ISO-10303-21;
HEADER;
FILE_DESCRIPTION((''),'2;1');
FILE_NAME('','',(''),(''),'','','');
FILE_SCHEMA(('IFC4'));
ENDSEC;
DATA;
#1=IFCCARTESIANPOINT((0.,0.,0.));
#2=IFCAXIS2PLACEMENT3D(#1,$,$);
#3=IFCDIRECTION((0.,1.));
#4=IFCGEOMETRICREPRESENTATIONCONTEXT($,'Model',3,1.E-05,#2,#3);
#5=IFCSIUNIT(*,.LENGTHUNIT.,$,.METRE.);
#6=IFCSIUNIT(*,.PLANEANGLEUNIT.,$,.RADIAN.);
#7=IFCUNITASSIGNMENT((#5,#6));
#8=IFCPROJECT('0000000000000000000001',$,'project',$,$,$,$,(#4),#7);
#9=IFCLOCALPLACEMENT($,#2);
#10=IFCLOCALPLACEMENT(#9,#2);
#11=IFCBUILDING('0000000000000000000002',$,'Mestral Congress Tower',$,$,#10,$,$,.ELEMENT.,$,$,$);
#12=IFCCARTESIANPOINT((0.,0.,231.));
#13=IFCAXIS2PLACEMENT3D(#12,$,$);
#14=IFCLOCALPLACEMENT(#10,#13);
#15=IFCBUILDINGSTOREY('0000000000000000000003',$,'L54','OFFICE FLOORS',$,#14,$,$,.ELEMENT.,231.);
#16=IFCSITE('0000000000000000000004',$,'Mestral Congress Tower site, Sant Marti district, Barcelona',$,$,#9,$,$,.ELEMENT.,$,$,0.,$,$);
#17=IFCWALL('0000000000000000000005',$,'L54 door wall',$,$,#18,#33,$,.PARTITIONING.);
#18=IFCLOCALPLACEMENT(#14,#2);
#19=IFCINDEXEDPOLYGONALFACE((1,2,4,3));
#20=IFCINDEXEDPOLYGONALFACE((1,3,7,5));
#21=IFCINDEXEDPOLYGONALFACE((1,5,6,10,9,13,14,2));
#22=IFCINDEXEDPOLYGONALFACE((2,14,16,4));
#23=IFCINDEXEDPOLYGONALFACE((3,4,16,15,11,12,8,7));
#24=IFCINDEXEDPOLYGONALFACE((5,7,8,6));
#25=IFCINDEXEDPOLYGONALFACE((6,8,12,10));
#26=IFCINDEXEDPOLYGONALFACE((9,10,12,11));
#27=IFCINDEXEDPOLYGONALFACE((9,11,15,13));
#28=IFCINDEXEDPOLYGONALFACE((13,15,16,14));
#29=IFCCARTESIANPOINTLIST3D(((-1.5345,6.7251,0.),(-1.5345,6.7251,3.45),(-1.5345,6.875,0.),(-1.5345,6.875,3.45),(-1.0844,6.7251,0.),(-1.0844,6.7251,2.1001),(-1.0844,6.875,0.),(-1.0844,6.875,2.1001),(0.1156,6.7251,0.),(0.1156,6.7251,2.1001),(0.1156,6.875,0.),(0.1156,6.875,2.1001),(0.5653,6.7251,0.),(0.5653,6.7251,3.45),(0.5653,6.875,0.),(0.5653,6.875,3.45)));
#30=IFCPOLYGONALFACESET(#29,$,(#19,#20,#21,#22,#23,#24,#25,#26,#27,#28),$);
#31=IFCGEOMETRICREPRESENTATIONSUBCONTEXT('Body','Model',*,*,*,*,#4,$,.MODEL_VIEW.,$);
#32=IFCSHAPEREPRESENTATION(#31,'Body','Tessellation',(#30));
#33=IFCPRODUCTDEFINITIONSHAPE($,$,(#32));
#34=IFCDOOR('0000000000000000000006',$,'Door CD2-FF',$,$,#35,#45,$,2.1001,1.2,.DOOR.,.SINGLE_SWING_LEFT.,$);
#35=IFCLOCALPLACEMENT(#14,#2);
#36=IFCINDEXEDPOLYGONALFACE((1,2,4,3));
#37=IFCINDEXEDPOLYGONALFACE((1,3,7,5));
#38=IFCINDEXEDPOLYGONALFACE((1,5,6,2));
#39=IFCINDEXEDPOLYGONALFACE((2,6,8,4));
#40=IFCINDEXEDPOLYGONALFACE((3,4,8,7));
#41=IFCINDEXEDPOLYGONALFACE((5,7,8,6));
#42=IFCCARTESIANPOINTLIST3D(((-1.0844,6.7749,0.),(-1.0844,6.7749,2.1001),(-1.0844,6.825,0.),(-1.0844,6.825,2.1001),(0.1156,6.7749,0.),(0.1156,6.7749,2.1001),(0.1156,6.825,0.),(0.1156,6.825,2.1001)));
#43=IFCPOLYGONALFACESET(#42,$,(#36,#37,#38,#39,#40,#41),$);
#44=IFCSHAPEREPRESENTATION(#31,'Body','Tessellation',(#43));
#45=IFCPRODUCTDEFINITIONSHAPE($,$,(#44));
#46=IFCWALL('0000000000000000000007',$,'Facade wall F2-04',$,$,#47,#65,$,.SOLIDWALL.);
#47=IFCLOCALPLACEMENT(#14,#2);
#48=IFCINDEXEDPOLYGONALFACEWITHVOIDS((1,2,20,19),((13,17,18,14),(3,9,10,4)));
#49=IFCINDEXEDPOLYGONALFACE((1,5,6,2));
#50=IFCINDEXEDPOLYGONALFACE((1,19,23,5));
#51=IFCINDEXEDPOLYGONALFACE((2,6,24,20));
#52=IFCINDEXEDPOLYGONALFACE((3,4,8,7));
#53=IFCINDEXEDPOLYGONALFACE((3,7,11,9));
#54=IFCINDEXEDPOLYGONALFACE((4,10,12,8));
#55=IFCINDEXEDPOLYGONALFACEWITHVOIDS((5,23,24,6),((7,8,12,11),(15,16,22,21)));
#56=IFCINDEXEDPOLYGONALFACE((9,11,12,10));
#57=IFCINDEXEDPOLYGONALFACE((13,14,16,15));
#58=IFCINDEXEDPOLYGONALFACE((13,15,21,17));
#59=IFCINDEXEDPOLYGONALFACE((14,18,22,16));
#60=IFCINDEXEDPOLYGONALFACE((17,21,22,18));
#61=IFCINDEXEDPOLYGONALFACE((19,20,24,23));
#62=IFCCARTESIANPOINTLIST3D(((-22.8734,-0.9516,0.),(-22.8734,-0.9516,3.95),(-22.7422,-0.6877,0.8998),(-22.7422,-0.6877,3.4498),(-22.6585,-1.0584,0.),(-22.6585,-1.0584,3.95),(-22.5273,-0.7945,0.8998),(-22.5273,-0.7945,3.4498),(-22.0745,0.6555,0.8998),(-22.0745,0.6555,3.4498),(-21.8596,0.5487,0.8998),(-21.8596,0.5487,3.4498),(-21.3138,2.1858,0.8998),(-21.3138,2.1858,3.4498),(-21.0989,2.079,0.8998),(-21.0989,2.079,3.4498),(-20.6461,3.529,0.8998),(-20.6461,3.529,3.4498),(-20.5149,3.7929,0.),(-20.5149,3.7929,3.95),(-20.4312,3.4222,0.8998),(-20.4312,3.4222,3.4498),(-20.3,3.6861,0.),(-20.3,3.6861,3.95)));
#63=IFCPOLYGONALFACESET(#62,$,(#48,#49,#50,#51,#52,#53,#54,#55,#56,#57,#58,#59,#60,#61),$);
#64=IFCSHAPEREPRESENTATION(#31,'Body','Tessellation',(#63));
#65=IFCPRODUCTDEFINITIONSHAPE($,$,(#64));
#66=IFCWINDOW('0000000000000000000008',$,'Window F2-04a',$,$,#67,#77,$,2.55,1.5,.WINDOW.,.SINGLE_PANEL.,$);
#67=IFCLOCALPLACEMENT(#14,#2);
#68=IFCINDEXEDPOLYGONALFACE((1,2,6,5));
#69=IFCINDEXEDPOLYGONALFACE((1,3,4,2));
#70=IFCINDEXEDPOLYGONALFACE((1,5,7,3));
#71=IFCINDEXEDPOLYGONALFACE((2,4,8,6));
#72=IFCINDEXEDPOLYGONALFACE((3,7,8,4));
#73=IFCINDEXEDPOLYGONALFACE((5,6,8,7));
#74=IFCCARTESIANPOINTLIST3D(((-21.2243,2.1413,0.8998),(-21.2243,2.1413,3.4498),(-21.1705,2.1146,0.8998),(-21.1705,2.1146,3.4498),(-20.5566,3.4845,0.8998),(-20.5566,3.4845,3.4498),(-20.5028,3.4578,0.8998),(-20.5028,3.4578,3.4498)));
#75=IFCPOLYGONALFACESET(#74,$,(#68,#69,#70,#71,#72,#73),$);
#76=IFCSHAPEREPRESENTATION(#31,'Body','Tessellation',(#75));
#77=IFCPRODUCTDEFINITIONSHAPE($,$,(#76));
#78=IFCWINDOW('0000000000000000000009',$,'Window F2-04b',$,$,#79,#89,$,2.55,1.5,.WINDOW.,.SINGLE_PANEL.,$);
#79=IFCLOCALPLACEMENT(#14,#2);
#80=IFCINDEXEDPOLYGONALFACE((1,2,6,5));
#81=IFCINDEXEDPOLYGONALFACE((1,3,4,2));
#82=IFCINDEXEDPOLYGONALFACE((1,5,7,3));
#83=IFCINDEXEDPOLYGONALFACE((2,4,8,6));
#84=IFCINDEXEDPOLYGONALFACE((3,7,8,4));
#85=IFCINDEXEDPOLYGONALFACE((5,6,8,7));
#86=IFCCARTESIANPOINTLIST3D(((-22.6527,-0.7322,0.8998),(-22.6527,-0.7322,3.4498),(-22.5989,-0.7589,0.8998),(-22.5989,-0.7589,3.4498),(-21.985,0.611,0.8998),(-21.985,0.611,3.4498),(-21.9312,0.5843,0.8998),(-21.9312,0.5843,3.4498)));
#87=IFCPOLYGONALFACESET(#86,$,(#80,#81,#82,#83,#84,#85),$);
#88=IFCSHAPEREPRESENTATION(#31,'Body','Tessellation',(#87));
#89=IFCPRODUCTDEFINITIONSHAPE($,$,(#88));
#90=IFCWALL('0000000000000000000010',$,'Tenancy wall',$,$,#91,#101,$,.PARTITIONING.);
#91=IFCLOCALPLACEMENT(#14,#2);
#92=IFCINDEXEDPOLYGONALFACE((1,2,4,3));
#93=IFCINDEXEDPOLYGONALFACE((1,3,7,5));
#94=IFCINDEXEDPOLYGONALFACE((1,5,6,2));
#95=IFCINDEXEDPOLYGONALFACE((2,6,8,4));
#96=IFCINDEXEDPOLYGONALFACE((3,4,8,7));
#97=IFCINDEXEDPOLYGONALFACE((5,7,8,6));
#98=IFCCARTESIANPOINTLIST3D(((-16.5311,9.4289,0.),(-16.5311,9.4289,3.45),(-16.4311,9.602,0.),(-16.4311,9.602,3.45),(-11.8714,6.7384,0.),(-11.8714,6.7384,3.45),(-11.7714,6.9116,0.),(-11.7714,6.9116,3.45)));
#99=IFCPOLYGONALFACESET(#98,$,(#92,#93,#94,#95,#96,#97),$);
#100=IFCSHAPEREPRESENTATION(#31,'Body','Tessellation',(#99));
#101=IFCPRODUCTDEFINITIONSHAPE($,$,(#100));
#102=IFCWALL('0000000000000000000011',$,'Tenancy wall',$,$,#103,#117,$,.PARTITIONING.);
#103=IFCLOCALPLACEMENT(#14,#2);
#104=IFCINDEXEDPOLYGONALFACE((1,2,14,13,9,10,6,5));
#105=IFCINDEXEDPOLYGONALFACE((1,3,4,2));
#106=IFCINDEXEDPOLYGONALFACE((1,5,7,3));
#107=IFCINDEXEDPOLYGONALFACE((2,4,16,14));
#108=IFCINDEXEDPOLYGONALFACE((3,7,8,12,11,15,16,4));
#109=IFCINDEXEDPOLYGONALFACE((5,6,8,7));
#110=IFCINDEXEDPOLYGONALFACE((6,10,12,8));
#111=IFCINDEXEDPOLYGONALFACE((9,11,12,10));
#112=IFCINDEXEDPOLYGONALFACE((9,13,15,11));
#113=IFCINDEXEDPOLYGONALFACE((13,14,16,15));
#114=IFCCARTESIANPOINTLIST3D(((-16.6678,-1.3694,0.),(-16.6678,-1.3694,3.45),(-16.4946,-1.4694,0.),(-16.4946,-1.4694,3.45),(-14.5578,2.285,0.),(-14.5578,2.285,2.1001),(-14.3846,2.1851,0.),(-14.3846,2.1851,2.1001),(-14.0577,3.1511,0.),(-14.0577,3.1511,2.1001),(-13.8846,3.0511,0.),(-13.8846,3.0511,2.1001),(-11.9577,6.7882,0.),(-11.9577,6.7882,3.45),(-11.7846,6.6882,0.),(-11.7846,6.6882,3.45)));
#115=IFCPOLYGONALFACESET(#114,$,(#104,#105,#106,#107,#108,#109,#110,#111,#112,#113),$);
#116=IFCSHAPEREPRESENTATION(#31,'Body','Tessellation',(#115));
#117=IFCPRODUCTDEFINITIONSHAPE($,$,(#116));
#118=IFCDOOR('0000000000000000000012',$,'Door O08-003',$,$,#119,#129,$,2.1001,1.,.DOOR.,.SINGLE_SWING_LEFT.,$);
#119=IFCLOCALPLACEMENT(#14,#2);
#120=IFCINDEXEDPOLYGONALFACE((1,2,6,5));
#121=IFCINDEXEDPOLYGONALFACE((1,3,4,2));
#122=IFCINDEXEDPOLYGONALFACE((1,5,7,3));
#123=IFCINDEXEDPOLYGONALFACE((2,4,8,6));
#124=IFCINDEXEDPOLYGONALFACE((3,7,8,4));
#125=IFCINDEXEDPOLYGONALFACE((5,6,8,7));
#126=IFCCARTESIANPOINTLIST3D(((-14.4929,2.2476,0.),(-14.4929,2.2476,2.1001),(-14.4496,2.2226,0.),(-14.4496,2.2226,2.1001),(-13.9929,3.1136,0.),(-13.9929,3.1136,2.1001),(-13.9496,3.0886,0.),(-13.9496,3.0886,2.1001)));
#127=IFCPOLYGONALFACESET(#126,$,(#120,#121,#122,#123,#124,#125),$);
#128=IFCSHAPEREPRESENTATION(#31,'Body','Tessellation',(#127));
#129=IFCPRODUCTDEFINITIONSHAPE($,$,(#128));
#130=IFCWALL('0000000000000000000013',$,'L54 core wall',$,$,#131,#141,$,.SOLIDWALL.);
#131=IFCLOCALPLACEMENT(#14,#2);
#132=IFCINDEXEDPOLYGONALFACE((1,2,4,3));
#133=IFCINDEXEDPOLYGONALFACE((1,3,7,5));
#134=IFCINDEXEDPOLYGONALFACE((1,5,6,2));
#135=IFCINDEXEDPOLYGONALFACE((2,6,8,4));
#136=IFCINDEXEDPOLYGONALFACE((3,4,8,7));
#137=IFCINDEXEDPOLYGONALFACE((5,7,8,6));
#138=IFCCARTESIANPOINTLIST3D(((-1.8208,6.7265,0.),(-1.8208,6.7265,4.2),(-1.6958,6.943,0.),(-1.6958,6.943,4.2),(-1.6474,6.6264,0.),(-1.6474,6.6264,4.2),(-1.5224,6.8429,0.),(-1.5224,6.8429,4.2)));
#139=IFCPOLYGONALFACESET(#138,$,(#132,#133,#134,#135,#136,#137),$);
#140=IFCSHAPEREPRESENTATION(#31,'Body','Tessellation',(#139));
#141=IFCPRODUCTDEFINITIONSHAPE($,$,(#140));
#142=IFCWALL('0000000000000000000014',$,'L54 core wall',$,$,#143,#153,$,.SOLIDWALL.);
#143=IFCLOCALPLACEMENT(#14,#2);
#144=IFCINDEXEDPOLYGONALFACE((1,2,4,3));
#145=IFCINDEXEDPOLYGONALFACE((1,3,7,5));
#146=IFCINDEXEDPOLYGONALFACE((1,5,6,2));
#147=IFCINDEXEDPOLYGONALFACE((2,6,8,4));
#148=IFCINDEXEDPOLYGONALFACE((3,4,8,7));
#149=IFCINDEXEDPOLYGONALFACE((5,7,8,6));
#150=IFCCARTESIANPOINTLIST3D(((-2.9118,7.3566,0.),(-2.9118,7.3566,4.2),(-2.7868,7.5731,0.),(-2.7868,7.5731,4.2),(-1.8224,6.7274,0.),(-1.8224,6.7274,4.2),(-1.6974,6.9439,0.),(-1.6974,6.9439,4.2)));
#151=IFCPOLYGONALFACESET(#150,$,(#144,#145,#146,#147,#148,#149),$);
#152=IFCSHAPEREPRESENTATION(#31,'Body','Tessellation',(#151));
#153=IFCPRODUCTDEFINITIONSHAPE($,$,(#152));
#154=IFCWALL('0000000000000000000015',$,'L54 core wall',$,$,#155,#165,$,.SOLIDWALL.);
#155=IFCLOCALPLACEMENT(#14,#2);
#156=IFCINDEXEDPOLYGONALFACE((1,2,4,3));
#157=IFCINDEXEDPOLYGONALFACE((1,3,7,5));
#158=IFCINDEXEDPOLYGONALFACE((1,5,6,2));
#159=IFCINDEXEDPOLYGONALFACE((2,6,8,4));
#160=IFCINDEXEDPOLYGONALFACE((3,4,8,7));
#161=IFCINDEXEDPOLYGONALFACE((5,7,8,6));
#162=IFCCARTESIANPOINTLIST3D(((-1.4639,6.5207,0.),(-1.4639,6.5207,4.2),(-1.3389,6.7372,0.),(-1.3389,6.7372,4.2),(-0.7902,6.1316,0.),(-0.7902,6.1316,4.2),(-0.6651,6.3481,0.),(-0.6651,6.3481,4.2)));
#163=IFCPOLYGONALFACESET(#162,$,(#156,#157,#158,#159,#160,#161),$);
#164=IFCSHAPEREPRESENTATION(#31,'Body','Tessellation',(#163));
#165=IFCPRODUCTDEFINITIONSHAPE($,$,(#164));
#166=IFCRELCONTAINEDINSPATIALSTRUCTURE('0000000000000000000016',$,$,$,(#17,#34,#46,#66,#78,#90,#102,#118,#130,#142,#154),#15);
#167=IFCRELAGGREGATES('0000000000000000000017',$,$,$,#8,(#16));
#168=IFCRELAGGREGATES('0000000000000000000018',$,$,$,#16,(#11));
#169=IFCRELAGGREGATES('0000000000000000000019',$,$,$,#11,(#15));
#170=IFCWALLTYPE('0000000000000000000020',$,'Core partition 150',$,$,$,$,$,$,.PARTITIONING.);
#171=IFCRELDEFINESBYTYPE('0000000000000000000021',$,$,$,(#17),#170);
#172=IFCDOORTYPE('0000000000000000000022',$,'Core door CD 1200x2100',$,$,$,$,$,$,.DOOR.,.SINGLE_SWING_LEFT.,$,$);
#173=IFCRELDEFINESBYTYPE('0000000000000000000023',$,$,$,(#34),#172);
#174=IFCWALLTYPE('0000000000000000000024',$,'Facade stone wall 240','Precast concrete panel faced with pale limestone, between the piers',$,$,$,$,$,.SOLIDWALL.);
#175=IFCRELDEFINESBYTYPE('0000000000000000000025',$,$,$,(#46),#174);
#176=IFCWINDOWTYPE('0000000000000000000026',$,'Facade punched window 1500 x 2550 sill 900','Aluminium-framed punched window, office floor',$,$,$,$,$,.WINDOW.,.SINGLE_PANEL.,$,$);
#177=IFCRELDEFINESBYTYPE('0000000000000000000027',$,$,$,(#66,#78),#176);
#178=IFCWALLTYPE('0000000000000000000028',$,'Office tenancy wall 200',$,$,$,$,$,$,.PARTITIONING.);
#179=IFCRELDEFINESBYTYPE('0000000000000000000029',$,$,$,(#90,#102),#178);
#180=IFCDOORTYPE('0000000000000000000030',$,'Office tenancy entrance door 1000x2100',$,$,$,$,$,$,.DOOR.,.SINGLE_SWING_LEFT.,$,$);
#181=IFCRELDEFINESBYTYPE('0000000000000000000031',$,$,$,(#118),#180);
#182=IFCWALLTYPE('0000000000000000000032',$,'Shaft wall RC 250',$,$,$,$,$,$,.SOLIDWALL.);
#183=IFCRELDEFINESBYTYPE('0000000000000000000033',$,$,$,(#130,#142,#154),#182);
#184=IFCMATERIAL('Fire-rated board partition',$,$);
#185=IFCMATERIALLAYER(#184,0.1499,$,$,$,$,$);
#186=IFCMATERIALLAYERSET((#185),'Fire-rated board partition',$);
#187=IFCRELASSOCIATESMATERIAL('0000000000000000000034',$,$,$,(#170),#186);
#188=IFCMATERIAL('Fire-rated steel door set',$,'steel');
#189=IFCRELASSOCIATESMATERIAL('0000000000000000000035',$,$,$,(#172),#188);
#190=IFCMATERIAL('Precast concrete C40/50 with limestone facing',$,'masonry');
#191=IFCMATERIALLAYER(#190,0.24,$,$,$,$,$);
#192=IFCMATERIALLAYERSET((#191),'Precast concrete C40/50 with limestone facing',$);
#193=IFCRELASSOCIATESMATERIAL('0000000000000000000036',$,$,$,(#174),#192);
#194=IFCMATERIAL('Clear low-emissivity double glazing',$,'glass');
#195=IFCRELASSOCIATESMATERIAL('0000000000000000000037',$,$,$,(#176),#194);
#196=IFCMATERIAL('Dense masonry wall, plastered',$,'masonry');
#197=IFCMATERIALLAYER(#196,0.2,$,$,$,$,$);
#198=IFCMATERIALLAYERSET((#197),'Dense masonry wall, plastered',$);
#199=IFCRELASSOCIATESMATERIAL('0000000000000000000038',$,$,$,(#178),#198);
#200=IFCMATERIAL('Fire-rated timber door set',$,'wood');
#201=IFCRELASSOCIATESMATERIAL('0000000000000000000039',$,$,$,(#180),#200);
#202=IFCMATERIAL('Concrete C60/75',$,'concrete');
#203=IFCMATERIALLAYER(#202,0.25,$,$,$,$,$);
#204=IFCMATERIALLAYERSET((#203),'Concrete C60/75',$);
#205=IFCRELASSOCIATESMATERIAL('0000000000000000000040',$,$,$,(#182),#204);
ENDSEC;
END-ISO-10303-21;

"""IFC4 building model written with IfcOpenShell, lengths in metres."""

from ifc_helpers import new_model, si_unit, direction, frame, frame_2d, origin, place, context, subcontext, project, spatial, rectangle, extrude, material, layer, layer_set, type_object, element, fill, save


model = new_model("IFC4")

# Units and contexts
model_context = context("Model", 3, precision=1e-05, world=origin(), true_north=direction((0.0, 1.0)))
body_context = subcontext(model_context, "Body", "Model", "MODEL_VIEW")
ifc_project = project(units=[si_unit("LENGTHUNIT", "METRE"), si_unit("PLANEANGLEUNIT", "RADIAN")], contexts=[model_context])

# Site, building, storey
site_placement = place(None, origin())
site = spatial("IfcSite", under=ifc_project, at=site_placement, Name="Mestral Congress Tower site, Sant Marti district, Barcelona", CompositionType="ELEMENT", RefElevation=0.0)
building_placement = place(site_placement, origin())
building = spatial("IfcBuilding", under=site, at=building_placement, Name="Mestral Congress Tower", CompositionType="ELEMENT")
storey_placement = place(building_placement, frame((0.0, 0.0, 231.0)))
storey = spatial("IfcBuildingStorey", under=building, at=storey_placement, Name="L54", Description="OFFICE FLOORS", CompositionType="ELEMENT", Elevation=231.0)

# Shared definitions
ifc_material_1 = material(Name="Concrete C60/75", Category="concrete")

# Shared definitions
ifc_material_2 = material(Name="Fire-rated board partition")
ifc_layer_1 = layer(ifc_material_2, 0.1499)
ifc_layer_set_1 = layer_set([ifc_layer_1], Name="Fire-rated board partition")
wall_type_1 = type_object("IfcWallType", Name="Core partition 150", PredefinedType="PARTITIONING", material=ifc_layer_set_1)

# Wall, opening, door
ifc_material_3 = material(Name="Fire-rated steel door set", Category="steel")
wall_1_placement = place(storey_placement, frame((-1.5344, 6.8, 0.0), z_axis=(0.0, 0.0, 1.0), x_axis=(1.0, 0.0, 0.0)))
wall_1 = element("IfcWall", 1, at=wall_1_placement, inside=storey, type_object=wall_type_1, Name="L54 door wall", PredefinedType="PARTITIONING", context=body_context, shape_type="SweptSolid", body=[
    extrude(rectangle(XDim=2.0999, YDim=0.1499, at=frame_2d((1.0498, 0.0))), origin(), (0.0, 0.0, 1.0), 3.45),
])
opening_1_placement = place(wall_1_placement, frame((0.45, 0.0, 0.0)))
opening_1 = element("IfcOpeningElement", 2, at=opening_1_placement, cuts=wall_1, PredefinedType="OPENING", context=body_context, shape_type="SweptSolid", body=[
    extrude(rectangle(XDim=1.2, YDim=2.1001, at=frame_2d((0.6001, 1.05))), frame((0.0, 0.085, 0.0), z_axis=(0.0, -1.0, 0.0), x_axis=(1.0, 0.0, 0.0)), (0.0, 0.0, 1.0), 0.1699),
])
door_type_1 = type_object("IfcDoorType", Name="Core door CD 1200x2100", OperationType="SINGLE_SWING_LEFT", PredefinedType="DOOR", material=ifc_material_3)
door_1_placement = place(opening_1_placement, origin())
door_1 = element("IfcDoor", 3, at=door_1_placement, inside=storey, type_object=door_type_1, Name="Door CD2-FF", OperationType="SINGLE_SWING_LEFT", OverallHeight=2.1001, OverallWidth=1.2, PredefinedType="DOOR", context=body_context, shape_type="SweptSolid", body=[
    extrude(rectangle(XDim=1.2, YDim=2.1001, at=frame_2d((0.6001, 1.05))), frame((0.0, 0.0249, 0.0), z_axis=(0.0, -1.0, 0.0), x_axis=(1.0, 0.0, 0.0)), (0.0, 0.0, 1.0), 0.05),
])
fill(opening_1, door_1)

# Wall, openings, windows
ifc_material_4 = material(Name="Precast concrete C40/50 with limestone facing", Category="masonry")
ifc_layer_2 = layer(ifc_material_4, 0.24)
ifc_layer_set_2 = layer_set([ifc_layer_2], Name="Precast concrete C40/50 with limestone facing")
wall_type_2 = type_object("IfcWallType", Name="Facade stone wall 240", Description="Precast concrete panel faced with pale limestone, between the piers", PredefinedType="SOLIDWALL", material=ifc_layer_set_2)
wall_2_placement = place(storey_placement, frame((-20.4075, 3.7395, 0.0), z_axis=(0.0, 0.0, 1.0), x_axis=(-0.44513, -0.895466, 0.0)))
wall_2 = element("IfcWall", 4, at=wall_2_placement, inside=storey, type_object=wall_type_2, Name="Facade wall F2-04", PredefinedType="SOLIDWALL", context=body_context, shape_type="SweptSolid", body=[
    extrude(rectangle(XDim=5.2983, YDim=0.24, at=frame_2d((2.6492, 0.0))), origin(), (0.0, 0.0, 1.0), 3.95),
])
opening_2_placement = place(wall_2_placement, frame((0.2947, 0.0, 0.8999)))
opening_2 = element("IfcOpeningElement", 5, at=opening_2_placement, cuts=wall_2, PredefinedType="OPENING", context=body_context, shape_type="SweptSolid", body=[
    extrude(rectangle(XDim=1.5, YDim=2.55, at=frame_2d((0.75, 1.2749))), frame((0.0, 0.1299, 0.0), z_axis=(0.0, -1.0, 0.0), x_axis=(1.0, 0.0, 0.0)), (0.0, 0.0, 1.0), 0.26),
])
opening_3_placement = place(wall_2_placement, frame((3.5037, 0.0, 0.8999)))
opening_3 = element("IfcOpeningElement", 6, at=opening_3_placement, cuts=wall_2, PredefinedType="OPENING", context=body_context, shape_type="SweptSolid", body=[
    extrude(rectangle(XDim=1.5, YDim=2.55, at=frame_2d((0.75, 1.2749))), frame((0.0, 0.1299, 0.0), z_axis=(0.0, -1.0, 0.0), x_axis=(1.0, 0.0, 0.0)), (0.0, 0.0, 1.0), 0.26),
])
ifc_material_5 = material(Name="Clear low-emissivity double glazing", Category="glass")
window_type = type_object("IfcWindowType", Name="Facade punched window 1500 x 2550 sill 900", Description="Aluminium-framed punched window, office floor", PartitioningType="SINGLE_PANEL", PredefinedType="WINDOW", material=ifc_material_5)
window_1_placement = place(opening_2_placement, origin())
window_1 = element("IfcWindow", 7, at=window_1_placement, inside=storey, type_object=window_type, Name="Window F2-04a", OverallHeight=2.55, OverallWidth=1.5, PartitioningType="SINGLE_PANEL", PredefinedType="WINDOW", context=body_context, shape_type="SweptSolid", body=[
    extrude(rectangle(XDim=1.5, YDim=2.55, at=frame_2d((0.75, 1.2749))), frame((0.0, 0.04, 0.0), z_axis=(0.0, -1.0, 0.0), x_axis=(1.0, 0.0, 0.0)), (0.0, 0.0, 1.0), 0.0601),
])
fill(opening_2, window_1)
window_2_placement = place(opening_3_placement, origin())
window_2 = element("IfcWindow", 8, at=window_2_placement, inside=storey, type_object=window_type, Name="Window F2-04b", OverallHeight=2.55, OverallWidth=1.5, PartitioningType="SINGLE_PANEL", PredefinedType="WINDOW", context=body_context, shape_type="SweptSolid", body=[
    extrude(rectangle(XDim=1.5, YDim=2.55, at=frame_2d((0.75, 1.2749))), frame((0.0, 0.04, 0.0), z_axis=(0.0, -1.0, 0.0), x_axis=(1.0, 0.0, 0.0)), (0.0, 0.0, 1.0), 0.0601),
])
fill(opening_3, window_2)

# Wall
ifc_material_6 = material(Name="Dense masonry wall, plastered", Category="masonry")
ifc_layer_3 = layer(ifc_material_6, 0.2)
ifc_layer_set_3 = layer_set([ifc_layer_3], Name="Dense masonry wall, plastered")
wall_type_3 = type_object("IfcWallType", Name="Office tenancy wall 200", PredefinedType="PARTITIONING", material=ifc_layer_set_3)
wall_3_placement = place(storey_placement, frame((-11.8213, 6.825, 0.0), z_axis=(0.0, 0.0, 1.0), x_axis=(-0.866012, 0.500024, 0.0)))
element("IfcWall", 9, at=wall_3_placement, inside=storey, type_object=wall_type_3, Name="Tenancy wall", PredefinedType="PARTITIONING", context=body_context, shape_type="SweptSolid", body=[
    extrude(rectangle(XDim=5.3806, YDim=0.2, at=frame_2d((2.6904, 0.0))), origin(), (0.0, 0.0, 1.0), 3.45),
])

# Wall, opening, door
wall_4_placement = place(storey_placement, frame((-11.8711, 6.7383, 0.0), z_axis=(0.0, 0.0, 1.0), x_axis=(-0.500019, -0.866014, 0.0)))
wall_4 = element("IfcWall", 10, at=wall_4_placement, inside=storey, type_object=wall_type_3, Name="Tenancy wall", PredefinedType="PARTITIONING", context=body_context, shape_type="SweptSolid", body=[
    extrude(rectangle(XDim=9.4197, YDim=0.2, at=frame_2d((4.71, 0.0))), origin(), (0.0, 0.0, 1.0), 3.45),
])
opening_4_placement = place(wall_4_placement, frame((4.2, 0.0, 0.0)))
opening_4 = element("IfcOpeningElement", 11, at=opening_4_placement, cuts=wall_4, PredefinedType="OPENING", context=body_context, shape_type="SweptSolid", body=[
    extrude(rectangle(XDim=1.0, YDim=2.1001, at=frame_2d((0.5, 1.05))), frame((0.0, 0.1099, 0.0), z_axis=(0.0, -1.0, 0.0), x_axis=(1.0, 0.0, 0.0)), (0.0, 0.0, 1.0), 0.22),
])
ifc_material_7 = material(Name="Fire-rated timber door set", Category="wood")
door_type_2 = type_object("IfcDoorType", Name="Office tenancy entrance door 1000x2100", OperationType="SINGLE_SWING_LEFT", PredefinedType="DOOR", material=ifc_material_7)
door_2_placement = place(opening_4_placement, origin())
door_2 = element("IfcDoor", 12, at=door_2_placement, inside=storey, type_object=door_type_2, Name="Door O08-003", OperationType="SINGLE_SWING_LEFT", OverallHeight=2.1001, OverallWidth=1.0, PredefinedType="DOOR", context=body_context, shape_type="SweptSolid", body=[
    extrude(rectangle(XDim=1.0, YDim=2.1001, at=frame_2d((0.5, 1.05))), frame((0.0, 0.0249, 0.0), z_axis=(0.0, -1.0, 0.0), x_axis=(1.0, 0.0, 0.0)), (0.0, 0.0, 1.0), 0.05),
])
fill(opening_4, door_2)

# Walls
ifc_layer_4 = layer(ifc_material_1, 0.25)
ifc_layer_set_4 = layer_set([ifc_layer_4], Name="Concrete C60/75")
wall_type_4 = type_object("IfcWallType", Name="Shaft wall RC 250", PredefinedType="SOLIDWALL", material=ifc_layer_set_4)
wall_5_placement = place(storey_placement, frame((-1.7583, 6.8347, 0.0), z_axis=(0.0, 0.0, 1.0), x_axis=(0.865982, -0.500074, 0.0)))
element("IfcWall", 13, at=wall_5_placement, inside=storey, type_object=wall_type_4, Name="L54 core wall", PredefinedType="SOLIDWALL", context=body_context, shape_type="SweptSolid", body=[
    extrude(rectangle(XDim=0.2002, YDim=0.25, at=frame_2d((0.1001, 0.0))), origin(), (0.0, 0.0, 1.0), 4.2),
])
wall_6_placement = place(storey_placement, frame((-1.76, 6.8357, 0.0), z_axis=(0.0, 0.0, 1.0), x_axis=(-0.865953, 0.500126, 0.0)))
element("IfcWall", 14, at=wall_6_placement, inside=storey, type_object=wall_type_4, Name="L54 core wall", PredefinedType="SOLIDWALL", context=body_context, shape_type="SweptSolid", body=[
    extrude(rectangle(XDim=1.2581, YDim=0.25, at=frame_2d((0.6289, 0.0))), origin(), (0.0, 0.0, 1.0), 4.2),
])
wall_7_placement = place(storey_placement, frame((-0.7275, 6.2397, 0.0), z_axis=(0.0, 0.0, 1.0), x_axis=(-0.865956, 0.500121, 0.0)))
element("IfcWall", 15, at=wall_7_placement, inside=storey, type_object=wall_type_4, Name="L54 core wall", PredefinedType="SOLIDWALL", context=body_context, shape_type="SweptSolid", body=[
    extrude(rectangle(XDim=0.7781, YDim=0.25, at=frame_2d((0.3892, 0.0))), origin(), (0.0, 0.0, 1.0), 4.2),
])

save(model, "model.ifc")
